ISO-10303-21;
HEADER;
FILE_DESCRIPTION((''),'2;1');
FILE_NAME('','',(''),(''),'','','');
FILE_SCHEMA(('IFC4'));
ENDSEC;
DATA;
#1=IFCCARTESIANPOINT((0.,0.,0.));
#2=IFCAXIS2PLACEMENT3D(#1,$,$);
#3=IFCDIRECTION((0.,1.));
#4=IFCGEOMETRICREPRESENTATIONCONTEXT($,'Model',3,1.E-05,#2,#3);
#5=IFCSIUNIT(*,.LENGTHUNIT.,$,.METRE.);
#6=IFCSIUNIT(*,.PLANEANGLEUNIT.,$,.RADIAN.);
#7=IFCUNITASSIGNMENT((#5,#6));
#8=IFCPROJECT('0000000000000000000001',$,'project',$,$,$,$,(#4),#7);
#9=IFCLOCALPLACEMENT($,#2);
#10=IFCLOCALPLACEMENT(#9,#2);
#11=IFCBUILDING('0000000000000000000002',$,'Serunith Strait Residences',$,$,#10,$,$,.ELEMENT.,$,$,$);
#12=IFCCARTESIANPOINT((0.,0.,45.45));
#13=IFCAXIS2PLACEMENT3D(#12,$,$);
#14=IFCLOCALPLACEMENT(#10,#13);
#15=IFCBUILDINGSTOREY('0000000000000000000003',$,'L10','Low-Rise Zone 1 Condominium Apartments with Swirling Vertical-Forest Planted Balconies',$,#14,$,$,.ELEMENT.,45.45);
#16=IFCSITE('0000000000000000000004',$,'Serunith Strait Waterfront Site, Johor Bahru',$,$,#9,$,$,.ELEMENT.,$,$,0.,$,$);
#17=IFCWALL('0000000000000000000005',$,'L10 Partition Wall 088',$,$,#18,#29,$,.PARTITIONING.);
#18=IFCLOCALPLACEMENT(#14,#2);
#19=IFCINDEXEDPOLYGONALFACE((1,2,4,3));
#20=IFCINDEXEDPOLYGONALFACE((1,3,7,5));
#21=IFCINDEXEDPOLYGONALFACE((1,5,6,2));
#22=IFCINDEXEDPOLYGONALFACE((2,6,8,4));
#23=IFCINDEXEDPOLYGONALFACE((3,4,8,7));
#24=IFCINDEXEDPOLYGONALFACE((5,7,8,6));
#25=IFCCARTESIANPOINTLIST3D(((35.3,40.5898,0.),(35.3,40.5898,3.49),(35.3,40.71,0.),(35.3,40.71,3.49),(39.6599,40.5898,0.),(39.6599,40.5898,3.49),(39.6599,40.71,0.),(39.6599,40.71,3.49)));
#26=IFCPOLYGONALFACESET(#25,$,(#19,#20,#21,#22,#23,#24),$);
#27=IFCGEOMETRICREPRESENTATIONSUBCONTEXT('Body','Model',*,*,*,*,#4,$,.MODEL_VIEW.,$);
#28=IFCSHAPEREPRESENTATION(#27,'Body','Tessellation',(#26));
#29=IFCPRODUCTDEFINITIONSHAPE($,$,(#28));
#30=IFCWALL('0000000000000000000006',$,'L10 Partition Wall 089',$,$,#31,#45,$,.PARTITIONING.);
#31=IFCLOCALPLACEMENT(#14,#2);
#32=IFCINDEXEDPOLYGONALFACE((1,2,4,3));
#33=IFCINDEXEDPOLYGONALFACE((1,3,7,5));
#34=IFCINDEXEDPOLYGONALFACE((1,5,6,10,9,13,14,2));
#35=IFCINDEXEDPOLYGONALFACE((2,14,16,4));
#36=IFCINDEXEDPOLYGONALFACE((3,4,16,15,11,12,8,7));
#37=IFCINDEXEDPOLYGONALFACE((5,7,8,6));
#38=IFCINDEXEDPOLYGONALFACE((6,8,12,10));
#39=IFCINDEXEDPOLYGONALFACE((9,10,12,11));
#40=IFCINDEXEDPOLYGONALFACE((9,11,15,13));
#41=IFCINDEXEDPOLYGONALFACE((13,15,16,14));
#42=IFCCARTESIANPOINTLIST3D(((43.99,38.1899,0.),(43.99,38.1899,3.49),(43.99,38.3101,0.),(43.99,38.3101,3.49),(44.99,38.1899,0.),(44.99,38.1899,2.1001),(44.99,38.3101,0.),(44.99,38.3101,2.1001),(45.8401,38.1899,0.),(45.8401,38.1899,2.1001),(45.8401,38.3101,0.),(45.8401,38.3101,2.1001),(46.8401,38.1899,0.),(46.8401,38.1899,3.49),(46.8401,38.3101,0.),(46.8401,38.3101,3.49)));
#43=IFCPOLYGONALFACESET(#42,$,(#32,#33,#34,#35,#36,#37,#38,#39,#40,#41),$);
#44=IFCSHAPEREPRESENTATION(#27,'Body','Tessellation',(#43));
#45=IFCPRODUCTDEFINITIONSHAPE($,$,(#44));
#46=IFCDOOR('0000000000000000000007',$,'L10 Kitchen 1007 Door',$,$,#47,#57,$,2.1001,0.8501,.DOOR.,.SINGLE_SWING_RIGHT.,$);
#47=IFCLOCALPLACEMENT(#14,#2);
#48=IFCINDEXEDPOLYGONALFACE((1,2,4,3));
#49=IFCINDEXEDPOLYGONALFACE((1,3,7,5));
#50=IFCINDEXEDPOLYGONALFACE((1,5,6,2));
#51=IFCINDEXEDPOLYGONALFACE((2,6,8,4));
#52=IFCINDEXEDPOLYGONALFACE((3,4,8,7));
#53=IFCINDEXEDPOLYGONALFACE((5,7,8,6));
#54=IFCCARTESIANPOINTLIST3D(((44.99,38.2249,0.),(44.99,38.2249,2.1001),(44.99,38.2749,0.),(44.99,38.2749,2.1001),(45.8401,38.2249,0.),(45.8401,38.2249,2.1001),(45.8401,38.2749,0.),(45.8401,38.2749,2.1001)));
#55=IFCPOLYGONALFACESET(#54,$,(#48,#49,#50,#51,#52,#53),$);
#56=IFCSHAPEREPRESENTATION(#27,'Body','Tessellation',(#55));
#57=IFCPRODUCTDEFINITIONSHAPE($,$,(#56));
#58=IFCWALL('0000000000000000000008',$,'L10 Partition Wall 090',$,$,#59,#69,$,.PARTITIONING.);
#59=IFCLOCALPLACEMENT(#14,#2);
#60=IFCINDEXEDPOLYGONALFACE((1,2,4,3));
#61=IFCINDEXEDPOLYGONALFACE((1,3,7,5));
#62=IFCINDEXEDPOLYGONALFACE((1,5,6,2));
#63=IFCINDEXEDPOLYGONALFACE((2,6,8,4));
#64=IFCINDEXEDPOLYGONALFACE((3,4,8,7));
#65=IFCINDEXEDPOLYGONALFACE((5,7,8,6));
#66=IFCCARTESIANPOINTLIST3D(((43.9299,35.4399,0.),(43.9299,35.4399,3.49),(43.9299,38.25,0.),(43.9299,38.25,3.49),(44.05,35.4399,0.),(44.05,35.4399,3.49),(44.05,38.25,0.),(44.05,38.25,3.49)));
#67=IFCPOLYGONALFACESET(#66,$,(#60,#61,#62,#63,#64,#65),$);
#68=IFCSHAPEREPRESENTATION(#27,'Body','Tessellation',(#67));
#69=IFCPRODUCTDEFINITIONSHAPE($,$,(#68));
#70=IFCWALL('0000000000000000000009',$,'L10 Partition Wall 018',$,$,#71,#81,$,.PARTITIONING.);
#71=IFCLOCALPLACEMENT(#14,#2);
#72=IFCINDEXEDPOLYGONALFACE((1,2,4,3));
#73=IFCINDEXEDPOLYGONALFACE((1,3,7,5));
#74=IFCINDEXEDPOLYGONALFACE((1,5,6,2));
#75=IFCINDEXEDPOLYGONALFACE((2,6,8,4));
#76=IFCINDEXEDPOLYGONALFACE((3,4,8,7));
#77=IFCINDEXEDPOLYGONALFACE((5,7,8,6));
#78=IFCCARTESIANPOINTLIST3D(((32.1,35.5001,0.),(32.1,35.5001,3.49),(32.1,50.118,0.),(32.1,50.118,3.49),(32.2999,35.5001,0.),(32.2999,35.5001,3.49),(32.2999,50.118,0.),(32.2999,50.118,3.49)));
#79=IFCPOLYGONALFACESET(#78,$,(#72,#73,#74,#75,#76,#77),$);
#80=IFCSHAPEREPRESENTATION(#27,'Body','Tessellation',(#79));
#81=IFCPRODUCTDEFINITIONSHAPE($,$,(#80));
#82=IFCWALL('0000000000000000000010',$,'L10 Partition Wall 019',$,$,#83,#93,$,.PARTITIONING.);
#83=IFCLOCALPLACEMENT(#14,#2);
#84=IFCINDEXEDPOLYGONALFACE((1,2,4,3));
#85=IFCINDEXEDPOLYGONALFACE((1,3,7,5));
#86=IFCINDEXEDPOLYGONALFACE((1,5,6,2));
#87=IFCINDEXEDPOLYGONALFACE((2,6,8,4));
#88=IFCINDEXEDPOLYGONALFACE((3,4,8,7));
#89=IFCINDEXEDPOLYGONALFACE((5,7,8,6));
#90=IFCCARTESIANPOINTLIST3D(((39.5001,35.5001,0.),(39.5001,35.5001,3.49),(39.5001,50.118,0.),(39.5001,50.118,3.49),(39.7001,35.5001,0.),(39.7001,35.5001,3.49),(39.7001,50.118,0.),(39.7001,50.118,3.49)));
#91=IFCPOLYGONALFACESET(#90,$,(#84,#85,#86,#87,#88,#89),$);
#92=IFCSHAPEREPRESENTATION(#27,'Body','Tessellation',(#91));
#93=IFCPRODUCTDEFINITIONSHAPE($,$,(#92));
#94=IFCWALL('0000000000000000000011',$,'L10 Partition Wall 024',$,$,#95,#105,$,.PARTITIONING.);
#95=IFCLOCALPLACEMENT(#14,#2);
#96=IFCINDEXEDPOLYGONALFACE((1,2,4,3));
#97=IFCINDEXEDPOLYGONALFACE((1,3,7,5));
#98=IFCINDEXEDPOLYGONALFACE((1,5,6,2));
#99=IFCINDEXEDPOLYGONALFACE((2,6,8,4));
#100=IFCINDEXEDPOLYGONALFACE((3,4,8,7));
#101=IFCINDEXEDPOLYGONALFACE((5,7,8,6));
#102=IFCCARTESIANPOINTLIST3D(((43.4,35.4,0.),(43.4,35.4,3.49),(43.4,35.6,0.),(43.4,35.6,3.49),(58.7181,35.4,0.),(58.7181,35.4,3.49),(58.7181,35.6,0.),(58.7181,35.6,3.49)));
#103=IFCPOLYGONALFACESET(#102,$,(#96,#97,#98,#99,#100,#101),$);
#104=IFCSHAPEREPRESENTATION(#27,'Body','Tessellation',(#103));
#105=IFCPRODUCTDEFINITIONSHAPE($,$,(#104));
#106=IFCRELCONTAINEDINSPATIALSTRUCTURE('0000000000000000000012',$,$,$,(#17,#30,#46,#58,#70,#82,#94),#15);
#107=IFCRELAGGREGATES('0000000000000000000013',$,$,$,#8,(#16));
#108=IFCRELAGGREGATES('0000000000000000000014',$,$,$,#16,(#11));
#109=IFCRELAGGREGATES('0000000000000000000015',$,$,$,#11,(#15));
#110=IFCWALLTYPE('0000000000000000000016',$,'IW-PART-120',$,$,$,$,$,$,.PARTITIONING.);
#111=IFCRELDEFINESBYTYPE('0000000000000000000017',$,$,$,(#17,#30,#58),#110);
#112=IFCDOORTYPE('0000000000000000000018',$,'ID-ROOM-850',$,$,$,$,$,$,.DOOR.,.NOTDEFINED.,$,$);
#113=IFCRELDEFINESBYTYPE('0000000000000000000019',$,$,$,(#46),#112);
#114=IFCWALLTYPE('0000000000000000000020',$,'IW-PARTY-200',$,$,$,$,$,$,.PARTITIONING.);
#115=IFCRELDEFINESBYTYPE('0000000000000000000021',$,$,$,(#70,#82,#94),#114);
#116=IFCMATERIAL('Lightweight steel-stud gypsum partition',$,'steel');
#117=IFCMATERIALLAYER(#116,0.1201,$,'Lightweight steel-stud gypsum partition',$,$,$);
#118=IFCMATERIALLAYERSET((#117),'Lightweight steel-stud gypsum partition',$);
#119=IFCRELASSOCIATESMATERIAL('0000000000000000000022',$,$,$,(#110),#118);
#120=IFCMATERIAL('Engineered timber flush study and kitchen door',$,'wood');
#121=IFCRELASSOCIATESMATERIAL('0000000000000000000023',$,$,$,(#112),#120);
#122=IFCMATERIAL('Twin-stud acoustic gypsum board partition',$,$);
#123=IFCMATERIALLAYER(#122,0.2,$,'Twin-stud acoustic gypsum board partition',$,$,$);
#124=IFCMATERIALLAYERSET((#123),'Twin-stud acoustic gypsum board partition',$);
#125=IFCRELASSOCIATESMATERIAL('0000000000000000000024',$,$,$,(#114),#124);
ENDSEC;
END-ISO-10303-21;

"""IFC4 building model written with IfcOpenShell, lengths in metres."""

from ifc_helpers import new_model, si_unit, direction, frame, frame_2d, origin, place, context, subcontext, project, spatial, rectangle, extrude, source, transform, mapped, material, layer, layer_set, type_object, element, fill, save


model = new_model("IFC4")

# Units and contexts
model_context = context("Model", 3, precision=1e-05, world=origin(), true_north=direction((0.0, 1.0)))
body_context = subcontext(model_context, "Body", "Model", "MODEL_VIEW")
ifc_project = project(units=[si_unit("LENGTHUNIT", "METRE"), si_unit("PLANEANGLEUNIT", "RADIAN")], contexts=[model_context])

# Site, building, storey
site_placement = place(None, origin())
site = spatial("IfcSite", under=ifc_project, at=site_placement, Name="Serunith Strait Waterfront Site, Johor Bahru", CompositionType="ELEMENT", RefElevation=0.0)
building_placement = place(site_placement, origin())
building = spatial("IfcBuilding", under=site, at=building_placement, Name="Serunith Strait Residences", CompositionType="ELEMENT")
storey_placement = place(building_placement, frame((0.0, 0.0, 45.45)))
storey = spatial("IfcBuildingStorey", under=building, at=storey_placement, Name="L10", Description="Low-Rise Zone 1 Condominium Apartments with Swirling Vertical-Forest Planted Balconies", CompositionType="ELEMENT", Elevation=45.45)

# Shared definitions
ifc_material_1 = material(Name="Lightweight steel-stud gypsum partition", Category="steel")
ifc_layer_1 = layer(ifc_material_1, 0.1201, Name="Lightweight steel-stud gypsum partition")
ifc_layer_set_1 = layer_set([ifc_layer_1], Name="Lightweight steel-stud gypsum partition")
wall_type_1 = type_object("IfcWallType", Name="IW-PART-120", PredefinedType="PARTITIONING", material=ifc_layer_set_1)
ifc_material_2 = material(Name="Engineered timber flush study and kitchen door", Category="wood")
door_type_1 = type_object("IfcDoorType", Name="ID-ROOM-850", OperationType="NOTDEFINED", PredefinedType="DOOR", material=ifc_material_2)
shared_shape_1 = source(origin(), body_context, "Body", "SweptSolid", [
    extrude(rectangle(XDim=0.8501, YDim=2.1001, at=frame_2d((0.425, 1.05))), frame((0.0, 0.0249, 0.0), z_axis=(0.0, -1.0, 0.0), x_axis=(1.0, 0.0, 0.0)), (0.0, 0.0, 1.0), 0.05),
])

# Wall
for number, where, z_axis, x_axis, name in (
    (1, (35.3, 40.6499, 0.0), (0.0, 0.0, 1.0), (1.0, 0.0, 0.0), "L10 Partition Wall 088"),
):
    element("IfcWall", number, at=place(storey_placement, frame(where, z_axis=z_axis, x_axis=x_axis)), inside=storey, type_object=wall_type_1, Name=name, PredefinedType="PARTITIONING", context=body_context, shape_type="SweptSolid", body=[
        extrude(rectangle(XDim=4.3599, YDim=0.1201, at=frame_2d((2.1799, 0.0))), origin(), (0.0, 0.0, 1.0), 3.49),
    ])

# Wall, opening, door
wall_1_placement = place(storey_placement, frame((43.99, 38.25, 0.0), z_axis=(0.0, 0.0, 1.0), x_axis=(1.0, 0.0, 0.0)))
wall_1 = element("IfcWall", 2, at=wall_1_placement, inside=storey, type_object=wall_type_1, Name="L10 Partition Wall 089", PredefinedType="PARTITIONING", context=body_context, shape_type="SweptSolid", body=[
    extrude(rectangle(XDim=2.8501, YDim=0.1201, at=frame_2d((1.425, 0.0))), origin(), (0.0, 0.0, 1.0), 3.49),
])
opening_1_placement = place(wall_1_placement, frame((1.0, 0.0, 0.0)))
opening_1 = element("IfcOpeningElement", 3, at=opening_1_placement, cuts=wall_1, PredefinedType="OPENING", context=body_context, shape_type="SweptSolid", body=[
    extrude(rectangle(XDim=0.8501, YDim=2.1001, at=frame_2d((0.425, 1.05))), frame((0.0, 0.0701, 0.0), z_axis=(0.0, -1.0, 0.0), x_axis=(1.0, 0.0, 0.0)), (0.0, 0.0, 1.0), 0.1401),
])
door_1_placement = place(opening_1_placement, origin())
door_1 = element("IfcDoor", 4, at=door_1_placement, inside=storey, type_object=door_type_1, Name="L10 Kitchen 1007 Door", OperationType="SINGLE_SWING_RIGHT", OverallHeight=2.1001, OverallWidth=0.8501, PredefinedType="DOOR", context=body_context, shape_type="MappedRepresentation", body=[
    mapped(shared_shape_1, transform((0.0, 0.0, 0.0), scale=1.0)),
])
fill(opening_1, door_1)

# Walls
wall_2_placement = place(storey_placement, frame((43.99, 38.25, 0.0), z_axis=(0.0, 0.0, 1.0), x_axis=(0.0, -1.0, 0.0)))
element("IfcWall", 5, at=wall_2_placement, inside=storey, type_object=wall_type_1, Name="L10 Partition Wall 090", PredefinedType="PARTITIONING", context=body_context, shape_type="SweptSolid", body=[
    extrude(rectangle(XDim=2.8101, YDim=0.1201, at=frame_2d((1.405, 0.0))), origin(), (0.0, 0.0, 1.0), 3.49),
])
ifc_material_3 = material(Name="Twin-stud acoustic gypsum board partition")
ifc_layer_2 = layer(ifc_material_3, 0.2, Name="Twin-stud acoustic gypsum board partition")
ifc_layer_set_2 = layer_set([ifc_layer_2], Name="Twin-stud acoustic gypsum board partition")
wall_type_2 = type_object("IfcWallType", Name="IW-PARTY-200", PredefinedType="PARTITIONING", material=ifc_layer_set_2)
for number, where, z_axis, x_axis, name in (
    (6, (32.2, 35.5, 0.0), (0.0, 0.0, 1.0), (0.0, 1.0, 0.0), "L10 Partition Wall 018"),
    (7, (39.6001, 35.5, 0.0), (0.0, 0.0, 1.0), (0.0, 1.0, 0.0), "L10 Partition Wall 019"),
):
    element("IfcWall", number, at=place(storey_placement, frame(where, z_axis=z_axis, x_axis=x_axis)), inside=storey, type_object=wall_type_2, Name=name, PredefinedType="PARTITIONING", context=body_context, shape_type="SweptSolid", body=[
        extrude(rectangle(XDim=14.6179, YDim=0.2, at=frame_2d((7.3091, 0.0))), origin(), (0.0, 0.0, 1.0), 3.49),
    ])
wall_3_placement = place(storey_placement, frame((43.3999, 35.5, 0.0), z_axis=(0.0, 0.0, 1.0), x_axis=(1.0, 0.0, 0.0)))
element("IfcWall", 8, at=wall_3_placement, inside=storey, type_object=wall_type_2, Name="L10 Partition Wall 024", PredefinedType="PARTITIONING", context=body_context, shape_type="SweptSolid", body=[
    extrude(rectangle(XDim=15.3181, YDim=0.2, at=frame_2d((7.6592, 0.0))), origin(), (0.0, 0.0, 1.0), 3.49),
])

save(model, "model.ifc")
